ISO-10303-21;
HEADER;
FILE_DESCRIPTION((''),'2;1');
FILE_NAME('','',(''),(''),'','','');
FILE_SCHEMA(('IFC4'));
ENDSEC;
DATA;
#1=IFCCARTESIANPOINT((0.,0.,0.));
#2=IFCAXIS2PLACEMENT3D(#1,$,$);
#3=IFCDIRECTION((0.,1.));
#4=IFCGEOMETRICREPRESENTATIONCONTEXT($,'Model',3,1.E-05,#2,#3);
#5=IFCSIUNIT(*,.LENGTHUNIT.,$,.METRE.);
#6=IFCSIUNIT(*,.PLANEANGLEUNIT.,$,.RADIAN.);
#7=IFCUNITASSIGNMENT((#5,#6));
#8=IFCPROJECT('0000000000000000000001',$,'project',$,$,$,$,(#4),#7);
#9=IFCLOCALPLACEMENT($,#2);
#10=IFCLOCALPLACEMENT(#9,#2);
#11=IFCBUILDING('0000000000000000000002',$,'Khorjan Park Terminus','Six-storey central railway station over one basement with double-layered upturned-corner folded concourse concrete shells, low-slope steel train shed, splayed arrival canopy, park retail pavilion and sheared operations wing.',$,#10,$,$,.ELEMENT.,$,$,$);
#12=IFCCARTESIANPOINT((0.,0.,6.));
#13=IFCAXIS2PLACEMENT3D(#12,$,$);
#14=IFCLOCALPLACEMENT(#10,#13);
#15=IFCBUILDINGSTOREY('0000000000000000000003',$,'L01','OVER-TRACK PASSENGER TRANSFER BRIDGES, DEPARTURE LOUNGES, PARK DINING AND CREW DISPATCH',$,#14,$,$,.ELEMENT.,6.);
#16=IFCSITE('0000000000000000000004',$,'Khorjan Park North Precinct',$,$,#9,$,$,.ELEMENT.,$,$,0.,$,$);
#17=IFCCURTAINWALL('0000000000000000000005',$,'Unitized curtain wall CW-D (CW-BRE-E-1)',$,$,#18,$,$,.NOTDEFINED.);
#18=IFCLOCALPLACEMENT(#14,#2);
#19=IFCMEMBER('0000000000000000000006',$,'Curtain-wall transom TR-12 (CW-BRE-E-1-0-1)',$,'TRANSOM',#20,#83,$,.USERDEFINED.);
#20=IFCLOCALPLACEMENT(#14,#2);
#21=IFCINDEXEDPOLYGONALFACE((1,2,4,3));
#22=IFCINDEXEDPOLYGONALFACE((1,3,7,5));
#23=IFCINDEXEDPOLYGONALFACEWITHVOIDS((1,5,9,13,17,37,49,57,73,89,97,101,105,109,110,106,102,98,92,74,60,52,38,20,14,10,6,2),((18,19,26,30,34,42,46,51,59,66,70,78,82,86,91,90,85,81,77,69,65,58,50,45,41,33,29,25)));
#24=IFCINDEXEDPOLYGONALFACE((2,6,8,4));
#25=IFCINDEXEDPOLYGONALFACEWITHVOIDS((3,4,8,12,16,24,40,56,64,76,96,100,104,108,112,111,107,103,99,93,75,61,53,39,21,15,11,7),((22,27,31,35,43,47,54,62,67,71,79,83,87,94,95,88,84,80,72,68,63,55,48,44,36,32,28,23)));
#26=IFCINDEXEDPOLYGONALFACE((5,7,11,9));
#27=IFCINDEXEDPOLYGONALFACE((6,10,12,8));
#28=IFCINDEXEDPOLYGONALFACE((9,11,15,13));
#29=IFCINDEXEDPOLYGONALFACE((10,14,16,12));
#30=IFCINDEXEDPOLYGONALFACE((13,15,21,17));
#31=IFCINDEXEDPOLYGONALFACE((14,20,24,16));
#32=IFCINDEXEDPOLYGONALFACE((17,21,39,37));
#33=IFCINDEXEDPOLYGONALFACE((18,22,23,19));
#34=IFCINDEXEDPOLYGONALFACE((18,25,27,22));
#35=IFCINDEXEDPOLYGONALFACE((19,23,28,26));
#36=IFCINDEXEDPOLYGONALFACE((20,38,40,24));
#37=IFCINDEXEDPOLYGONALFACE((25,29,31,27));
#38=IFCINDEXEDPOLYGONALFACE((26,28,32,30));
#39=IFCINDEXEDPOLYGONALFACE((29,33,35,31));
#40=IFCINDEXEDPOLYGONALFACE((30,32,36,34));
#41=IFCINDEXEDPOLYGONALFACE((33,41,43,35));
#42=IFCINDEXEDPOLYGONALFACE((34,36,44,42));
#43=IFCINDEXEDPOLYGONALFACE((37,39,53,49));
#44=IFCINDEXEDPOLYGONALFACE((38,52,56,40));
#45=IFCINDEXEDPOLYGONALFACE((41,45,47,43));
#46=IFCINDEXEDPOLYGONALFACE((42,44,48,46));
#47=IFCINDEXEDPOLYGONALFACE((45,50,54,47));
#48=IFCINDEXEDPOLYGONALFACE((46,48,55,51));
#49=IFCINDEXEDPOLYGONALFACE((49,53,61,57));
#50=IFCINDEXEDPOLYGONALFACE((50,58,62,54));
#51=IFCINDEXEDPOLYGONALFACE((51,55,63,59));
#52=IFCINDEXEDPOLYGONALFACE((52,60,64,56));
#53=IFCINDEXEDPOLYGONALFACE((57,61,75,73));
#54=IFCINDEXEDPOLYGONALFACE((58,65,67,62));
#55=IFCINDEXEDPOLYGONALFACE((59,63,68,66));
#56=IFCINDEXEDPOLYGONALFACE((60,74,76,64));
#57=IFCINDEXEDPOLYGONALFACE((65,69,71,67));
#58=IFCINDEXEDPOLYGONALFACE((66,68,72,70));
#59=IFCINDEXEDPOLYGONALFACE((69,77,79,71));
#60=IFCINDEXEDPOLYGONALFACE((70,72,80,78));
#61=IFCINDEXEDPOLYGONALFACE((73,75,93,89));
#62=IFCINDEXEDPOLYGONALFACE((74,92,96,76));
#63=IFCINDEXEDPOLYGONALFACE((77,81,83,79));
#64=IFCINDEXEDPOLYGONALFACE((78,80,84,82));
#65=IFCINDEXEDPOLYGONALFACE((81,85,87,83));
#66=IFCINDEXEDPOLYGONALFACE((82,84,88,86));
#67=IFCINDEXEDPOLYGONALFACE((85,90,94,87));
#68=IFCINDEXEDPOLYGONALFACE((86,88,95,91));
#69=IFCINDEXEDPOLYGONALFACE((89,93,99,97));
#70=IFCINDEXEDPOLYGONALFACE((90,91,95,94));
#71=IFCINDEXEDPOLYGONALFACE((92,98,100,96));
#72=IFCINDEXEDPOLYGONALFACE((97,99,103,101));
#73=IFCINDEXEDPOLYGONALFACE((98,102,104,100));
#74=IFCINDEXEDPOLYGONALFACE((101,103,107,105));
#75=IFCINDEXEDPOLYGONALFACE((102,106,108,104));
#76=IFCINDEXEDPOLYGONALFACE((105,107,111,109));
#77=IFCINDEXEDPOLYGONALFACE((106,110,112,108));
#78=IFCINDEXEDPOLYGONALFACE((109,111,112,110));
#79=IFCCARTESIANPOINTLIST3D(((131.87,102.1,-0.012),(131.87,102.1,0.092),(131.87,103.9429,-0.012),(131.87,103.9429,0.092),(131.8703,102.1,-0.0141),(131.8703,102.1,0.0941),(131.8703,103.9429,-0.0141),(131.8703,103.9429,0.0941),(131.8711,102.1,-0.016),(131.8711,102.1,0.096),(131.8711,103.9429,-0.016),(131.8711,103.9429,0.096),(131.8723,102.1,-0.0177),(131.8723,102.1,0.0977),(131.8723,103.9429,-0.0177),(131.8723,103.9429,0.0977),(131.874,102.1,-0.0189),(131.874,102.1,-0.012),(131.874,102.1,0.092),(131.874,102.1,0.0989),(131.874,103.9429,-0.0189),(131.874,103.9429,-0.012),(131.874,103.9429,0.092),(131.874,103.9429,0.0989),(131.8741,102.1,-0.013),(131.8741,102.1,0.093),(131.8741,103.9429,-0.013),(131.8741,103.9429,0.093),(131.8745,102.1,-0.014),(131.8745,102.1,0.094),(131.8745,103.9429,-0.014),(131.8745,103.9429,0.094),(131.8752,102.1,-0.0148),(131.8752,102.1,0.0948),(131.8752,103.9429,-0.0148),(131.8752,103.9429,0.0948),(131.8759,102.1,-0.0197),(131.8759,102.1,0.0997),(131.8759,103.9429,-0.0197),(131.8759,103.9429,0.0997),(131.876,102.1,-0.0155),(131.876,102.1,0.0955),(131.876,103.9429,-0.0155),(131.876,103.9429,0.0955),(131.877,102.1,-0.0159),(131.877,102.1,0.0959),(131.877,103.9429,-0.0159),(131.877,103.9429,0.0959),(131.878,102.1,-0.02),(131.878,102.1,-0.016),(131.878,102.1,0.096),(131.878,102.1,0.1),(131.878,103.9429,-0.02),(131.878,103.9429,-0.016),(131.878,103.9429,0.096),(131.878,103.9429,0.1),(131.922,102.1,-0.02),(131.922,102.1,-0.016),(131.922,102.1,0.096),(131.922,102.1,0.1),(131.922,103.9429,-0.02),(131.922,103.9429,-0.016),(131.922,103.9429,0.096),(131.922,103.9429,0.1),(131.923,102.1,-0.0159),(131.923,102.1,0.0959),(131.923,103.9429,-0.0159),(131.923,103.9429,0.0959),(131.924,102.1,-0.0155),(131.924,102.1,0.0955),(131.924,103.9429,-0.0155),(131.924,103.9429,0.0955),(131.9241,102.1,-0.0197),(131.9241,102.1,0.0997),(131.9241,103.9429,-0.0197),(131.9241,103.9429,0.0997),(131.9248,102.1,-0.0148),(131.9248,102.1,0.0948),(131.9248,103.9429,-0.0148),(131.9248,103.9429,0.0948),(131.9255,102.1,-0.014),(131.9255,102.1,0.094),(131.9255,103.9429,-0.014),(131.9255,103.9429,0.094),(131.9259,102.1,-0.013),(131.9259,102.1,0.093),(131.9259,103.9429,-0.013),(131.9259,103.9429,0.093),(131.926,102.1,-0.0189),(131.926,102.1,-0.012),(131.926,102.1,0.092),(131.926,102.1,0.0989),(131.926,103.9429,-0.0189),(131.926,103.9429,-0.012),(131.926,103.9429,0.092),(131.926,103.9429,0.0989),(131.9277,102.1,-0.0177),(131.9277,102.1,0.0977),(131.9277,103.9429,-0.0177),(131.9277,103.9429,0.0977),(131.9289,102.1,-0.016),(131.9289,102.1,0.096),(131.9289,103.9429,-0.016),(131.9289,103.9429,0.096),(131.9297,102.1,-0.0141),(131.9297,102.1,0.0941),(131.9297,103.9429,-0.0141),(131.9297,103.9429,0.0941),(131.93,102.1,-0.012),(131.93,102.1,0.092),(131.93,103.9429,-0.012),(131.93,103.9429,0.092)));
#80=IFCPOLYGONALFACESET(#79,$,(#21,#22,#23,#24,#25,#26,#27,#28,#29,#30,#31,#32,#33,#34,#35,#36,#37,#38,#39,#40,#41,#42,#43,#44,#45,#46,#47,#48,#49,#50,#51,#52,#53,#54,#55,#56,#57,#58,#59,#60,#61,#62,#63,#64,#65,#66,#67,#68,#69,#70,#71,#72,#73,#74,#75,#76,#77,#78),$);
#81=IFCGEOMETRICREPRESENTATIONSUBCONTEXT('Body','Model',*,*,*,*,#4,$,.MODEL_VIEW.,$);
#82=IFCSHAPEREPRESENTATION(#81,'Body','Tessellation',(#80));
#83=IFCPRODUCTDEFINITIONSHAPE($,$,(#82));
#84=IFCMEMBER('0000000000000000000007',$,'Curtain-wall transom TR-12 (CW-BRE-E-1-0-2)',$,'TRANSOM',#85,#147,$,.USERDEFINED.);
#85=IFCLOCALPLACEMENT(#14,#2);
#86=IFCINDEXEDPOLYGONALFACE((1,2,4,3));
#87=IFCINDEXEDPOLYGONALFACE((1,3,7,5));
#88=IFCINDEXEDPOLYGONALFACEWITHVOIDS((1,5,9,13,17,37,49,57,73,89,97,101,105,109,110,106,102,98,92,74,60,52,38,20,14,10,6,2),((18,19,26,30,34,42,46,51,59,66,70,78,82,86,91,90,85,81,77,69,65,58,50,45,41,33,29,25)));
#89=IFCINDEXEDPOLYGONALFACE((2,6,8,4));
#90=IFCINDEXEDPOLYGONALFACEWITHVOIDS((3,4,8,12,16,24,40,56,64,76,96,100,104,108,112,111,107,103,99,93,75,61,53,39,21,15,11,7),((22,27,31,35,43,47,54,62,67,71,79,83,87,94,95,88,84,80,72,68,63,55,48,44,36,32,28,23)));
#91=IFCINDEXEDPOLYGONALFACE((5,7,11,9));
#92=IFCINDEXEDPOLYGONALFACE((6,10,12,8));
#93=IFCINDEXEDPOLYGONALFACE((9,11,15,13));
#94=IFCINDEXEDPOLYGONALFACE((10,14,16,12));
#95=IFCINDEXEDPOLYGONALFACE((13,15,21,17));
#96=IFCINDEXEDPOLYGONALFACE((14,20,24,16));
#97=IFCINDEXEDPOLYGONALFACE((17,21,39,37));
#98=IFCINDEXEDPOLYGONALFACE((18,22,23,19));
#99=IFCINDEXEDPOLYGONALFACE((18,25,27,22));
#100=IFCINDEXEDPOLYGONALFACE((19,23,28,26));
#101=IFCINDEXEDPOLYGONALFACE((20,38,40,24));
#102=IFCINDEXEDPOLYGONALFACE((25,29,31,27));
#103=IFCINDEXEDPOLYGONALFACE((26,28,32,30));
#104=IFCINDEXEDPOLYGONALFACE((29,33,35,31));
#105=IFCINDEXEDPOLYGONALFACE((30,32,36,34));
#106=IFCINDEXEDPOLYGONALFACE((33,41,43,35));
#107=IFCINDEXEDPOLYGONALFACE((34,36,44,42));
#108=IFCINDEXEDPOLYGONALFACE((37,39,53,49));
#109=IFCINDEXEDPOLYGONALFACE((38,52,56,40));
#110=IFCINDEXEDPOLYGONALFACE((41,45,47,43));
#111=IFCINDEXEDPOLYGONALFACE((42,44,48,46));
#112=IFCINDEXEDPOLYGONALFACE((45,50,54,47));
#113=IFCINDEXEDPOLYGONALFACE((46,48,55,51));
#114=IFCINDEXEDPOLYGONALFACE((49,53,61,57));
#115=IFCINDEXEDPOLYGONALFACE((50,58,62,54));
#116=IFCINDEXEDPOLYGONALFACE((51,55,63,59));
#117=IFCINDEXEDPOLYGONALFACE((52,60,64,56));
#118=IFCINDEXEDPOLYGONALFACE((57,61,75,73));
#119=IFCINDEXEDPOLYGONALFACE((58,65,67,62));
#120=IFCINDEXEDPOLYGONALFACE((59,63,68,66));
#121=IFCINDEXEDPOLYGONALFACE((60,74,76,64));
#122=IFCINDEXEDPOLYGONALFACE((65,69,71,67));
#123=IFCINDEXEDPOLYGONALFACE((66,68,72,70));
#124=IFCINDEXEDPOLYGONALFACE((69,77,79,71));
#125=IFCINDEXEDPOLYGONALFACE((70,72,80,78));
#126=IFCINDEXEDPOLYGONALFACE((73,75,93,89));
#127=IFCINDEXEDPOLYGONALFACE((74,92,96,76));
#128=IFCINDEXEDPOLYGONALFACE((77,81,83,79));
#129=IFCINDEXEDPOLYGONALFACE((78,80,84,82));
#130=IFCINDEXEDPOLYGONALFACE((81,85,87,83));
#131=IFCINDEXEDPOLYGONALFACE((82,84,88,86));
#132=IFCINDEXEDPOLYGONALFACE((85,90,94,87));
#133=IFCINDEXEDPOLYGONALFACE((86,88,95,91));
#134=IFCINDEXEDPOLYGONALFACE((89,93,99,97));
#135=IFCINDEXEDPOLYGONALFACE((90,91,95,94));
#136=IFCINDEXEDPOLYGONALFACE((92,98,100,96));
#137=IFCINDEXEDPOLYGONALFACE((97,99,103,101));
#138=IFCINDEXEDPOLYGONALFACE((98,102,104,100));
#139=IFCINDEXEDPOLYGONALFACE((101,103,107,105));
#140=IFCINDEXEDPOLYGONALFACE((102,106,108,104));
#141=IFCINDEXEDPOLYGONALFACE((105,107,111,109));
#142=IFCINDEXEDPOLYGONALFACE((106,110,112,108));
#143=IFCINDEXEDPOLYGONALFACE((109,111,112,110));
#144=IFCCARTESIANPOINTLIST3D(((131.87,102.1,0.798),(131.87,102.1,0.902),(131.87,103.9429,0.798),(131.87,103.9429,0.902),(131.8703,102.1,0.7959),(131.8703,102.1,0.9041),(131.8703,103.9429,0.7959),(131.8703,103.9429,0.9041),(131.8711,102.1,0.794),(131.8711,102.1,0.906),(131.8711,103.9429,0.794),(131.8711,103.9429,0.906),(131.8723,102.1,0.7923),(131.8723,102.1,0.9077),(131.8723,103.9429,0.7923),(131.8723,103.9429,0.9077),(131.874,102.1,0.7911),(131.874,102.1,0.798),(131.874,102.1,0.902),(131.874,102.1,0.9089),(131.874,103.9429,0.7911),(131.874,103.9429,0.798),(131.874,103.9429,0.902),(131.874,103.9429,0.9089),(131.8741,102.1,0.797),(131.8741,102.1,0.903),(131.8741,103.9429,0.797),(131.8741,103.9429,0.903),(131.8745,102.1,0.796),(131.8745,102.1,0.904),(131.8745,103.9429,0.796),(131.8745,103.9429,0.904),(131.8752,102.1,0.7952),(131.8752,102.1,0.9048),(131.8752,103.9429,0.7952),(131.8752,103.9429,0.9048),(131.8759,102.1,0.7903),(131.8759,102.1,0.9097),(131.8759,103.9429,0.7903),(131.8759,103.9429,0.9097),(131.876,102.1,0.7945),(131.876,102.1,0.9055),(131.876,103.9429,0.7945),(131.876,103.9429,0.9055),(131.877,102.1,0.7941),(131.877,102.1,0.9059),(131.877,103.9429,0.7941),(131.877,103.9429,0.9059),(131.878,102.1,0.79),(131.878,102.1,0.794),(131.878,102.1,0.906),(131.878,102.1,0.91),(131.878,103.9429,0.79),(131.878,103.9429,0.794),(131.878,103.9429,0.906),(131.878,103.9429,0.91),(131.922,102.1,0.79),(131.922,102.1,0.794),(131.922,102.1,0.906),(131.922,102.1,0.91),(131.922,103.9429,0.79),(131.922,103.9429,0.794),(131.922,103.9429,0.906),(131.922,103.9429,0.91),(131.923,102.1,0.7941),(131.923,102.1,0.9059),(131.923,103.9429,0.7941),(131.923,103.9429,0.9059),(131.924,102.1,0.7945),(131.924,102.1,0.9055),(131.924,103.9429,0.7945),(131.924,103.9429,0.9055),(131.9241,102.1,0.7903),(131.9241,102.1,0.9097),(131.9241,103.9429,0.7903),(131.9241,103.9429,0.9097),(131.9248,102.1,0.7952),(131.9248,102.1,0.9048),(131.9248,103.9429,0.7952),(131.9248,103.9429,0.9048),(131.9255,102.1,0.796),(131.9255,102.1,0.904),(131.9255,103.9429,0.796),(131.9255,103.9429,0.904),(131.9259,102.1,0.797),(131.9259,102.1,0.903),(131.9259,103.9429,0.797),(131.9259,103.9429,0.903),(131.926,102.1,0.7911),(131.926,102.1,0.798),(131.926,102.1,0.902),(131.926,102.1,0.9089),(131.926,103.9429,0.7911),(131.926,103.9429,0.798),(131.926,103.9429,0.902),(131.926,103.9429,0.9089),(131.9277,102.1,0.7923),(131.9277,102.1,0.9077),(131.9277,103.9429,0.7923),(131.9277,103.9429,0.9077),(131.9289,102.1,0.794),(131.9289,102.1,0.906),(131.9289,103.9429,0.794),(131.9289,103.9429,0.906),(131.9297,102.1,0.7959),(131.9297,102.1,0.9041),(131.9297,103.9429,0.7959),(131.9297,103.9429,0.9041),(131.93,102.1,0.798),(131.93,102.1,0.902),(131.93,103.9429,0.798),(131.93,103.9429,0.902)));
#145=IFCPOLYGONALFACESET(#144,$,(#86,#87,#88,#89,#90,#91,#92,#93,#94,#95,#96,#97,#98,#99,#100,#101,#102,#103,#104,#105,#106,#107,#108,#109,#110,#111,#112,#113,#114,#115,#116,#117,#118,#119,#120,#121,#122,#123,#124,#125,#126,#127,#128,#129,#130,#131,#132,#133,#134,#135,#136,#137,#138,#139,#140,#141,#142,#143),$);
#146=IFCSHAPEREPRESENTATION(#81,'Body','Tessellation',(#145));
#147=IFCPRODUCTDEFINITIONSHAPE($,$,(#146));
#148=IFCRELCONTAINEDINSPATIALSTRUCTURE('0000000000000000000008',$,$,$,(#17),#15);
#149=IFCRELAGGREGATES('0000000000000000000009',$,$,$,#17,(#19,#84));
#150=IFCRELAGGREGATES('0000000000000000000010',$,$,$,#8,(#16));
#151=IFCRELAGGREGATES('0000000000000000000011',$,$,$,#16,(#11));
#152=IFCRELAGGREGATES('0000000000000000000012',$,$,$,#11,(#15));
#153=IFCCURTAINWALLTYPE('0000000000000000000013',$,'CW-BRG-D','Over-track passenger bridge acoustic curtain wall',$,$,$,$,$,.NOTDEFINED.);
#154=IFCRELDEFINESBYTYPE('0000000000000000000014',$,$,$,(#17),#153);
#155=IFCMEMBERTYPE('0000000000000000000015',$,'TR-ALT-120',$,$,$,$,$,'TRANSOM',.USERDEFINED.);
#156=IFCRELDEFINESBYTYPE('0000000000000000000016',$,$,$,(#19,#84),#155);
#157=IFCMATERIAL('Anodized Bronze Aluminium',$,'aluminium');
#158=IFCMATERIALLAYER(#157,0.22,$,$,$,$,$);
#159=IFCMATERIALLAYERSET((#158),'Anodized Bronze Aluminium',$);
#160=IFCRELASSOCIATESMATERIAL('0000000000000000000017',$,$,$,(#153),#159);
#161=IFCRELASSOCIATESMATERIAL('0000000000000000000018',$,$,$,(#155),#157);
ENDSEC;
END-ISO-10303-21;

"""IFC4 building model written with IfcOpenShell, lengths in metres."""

from ifc_helpers import new_model, si_unit, direction, frame, origin, origin_2d, place, context, subcontext, project, spatial, hollow_rectangle, extrude, material, layer, layer_set, material_profile, profile_set, type_object, element, aggregate, save


model = new_model("IFC4")

# Units and contexts
model_context = context("Model", 3, precision=1e-05, world=origin(), true_north=direction((0.0, 1.0)))
body_context = subcontext(model_context, "Body", "Model", "MODEL_VIEW")
ifc_project = project(units=[si_unit("LENGTHUNIT", "METRE"), si_unit("PLANEANGLEUNIT", "RADIAN")], contexts=[model_context])

# Site, building, storey
site_placement = place(None, origin())
site = spatial("IfcSite", under=ifc_project, at=site_placement, Name="Khorjan Park North Precinct", CompositionType="ELEMENT", RefElevation=0.0)
building_placement = place(site_placement, origin())
building = spatial("IfcBuilding", under=site, at=building_placement, Name="Khorjan Park Terminus", Description="Six-storey central railway station over one basement with double-layered upturned-corner folded concourse concrete shells, low-slope steel train shed, splayed arrival canopy, park retail pavilion and sheared operations wing.", CompositionType="ELEMENT")
storey_placement = place(building_placement, frame((0.0, 0.0, 6.0)))
storey = spatial("IfcBuildingStorey", under=building, at=storey_placement, Name="L01", Description="OVER-TRACK PASSENGER TRANSFER BRIDGES, DEPARTURE LOUNGES, PARK DINING AND CREW DISPATCH", CompositionType="ELEMENT", Elevation=6.0)

# Curtain wall
ifc_material_1 = material(Name="Anodized Bronze Aluminium", Category="aluminium")
ifc_layer_1 = layer(ifc_material_1, 0.22)
ifc_layer_set_1 = layer_set([ifc_layer_1], Name="Anodized Bronze Aluminium")
curtain_wall_type = type_object("IfcCurtainWallType", Name="CW-BRG-D", Description="Over-track passenger bridge acoustic curtain wall", PredefinedType="NOTDEFINED", material=ifc_layer_set_1)
curtain_wall_1_placement = place(storey_placement, origin())
curtain_wall_1 = element("IfcCurtainWall", 1, at=curtain_wall_1_placement, inside=storey, type_object=curtain_wall_type, Name="Unitized curtain wall CW-D (CW-BRE-E-1)", PredefinedType="NOTDEFINED")

# Members
ifc_material_profile_1 = material_profile(ifc_material_1, hollow_rectangle(XDim=0.06, YDim=0.12, WallThickness=0.004, InnerFilletRadius=0.004, OuterFilletRadius=0.008, at=origin_2d()), Name="ALT 60x120x4")
ifc_profile_set_1 = profile_set([ifc_material_profile_1], Name="Anodized Bronze Aluminium")
member_type_1 = type_object("IfcMemberType", Name="TR-ALT-120", ElementType="TRANSOM", PredefinedType="USERDEFINED", material=ifc_profile_set_1)
member_1_placement = place(storey_placement, frame((131.9, 102.1, 0.04), z_axis=(0.0, 1.0, 0.0), x_axis=(-1.0, 0.0, 0.0)))
member_1 = element("IfcMember", 2, at=member_1_placement, type_object=member_type_1, Name="Curtain-wall transom TR-12 (CW-BRE-E-1-0-1)", ObjectType="TRANSOM", PredefinedType="USERDEFINED", context=body_context, shape_type="SweptSolid", body=[
    extrude(hollow_rectangle(XDim=0.06, YDim=0.12, WallThickness=0.004, InnerFilletRadius=0.004, OuterFilletRadius=0.008, at=origin_2d()), origin(), (0.0, 0.0, 1.0), 1.8429),
])
member_2_placement = place(storey_placement, frame((131.9, 102.1, 0.85), z_axis=(0.0, 1.0, 0.0), x_axis=(-1.0, 0.0, 0.0)))
member_2 = element("IfcMember", 3, at=member_2_placement, type_object=member_type_1, Name="Curtain-wall transom TR-12 (CW-BRE-E-1-0-2)", ObjectType="TRANSOM", PredefinedType="USERDEFINED", context=body_context, shape_type="SweptSolid", body=[
    extrude(hollow_rectangle(XDim=0.06, YDim=0.12, WallThickness=0.004, InnerFilletRadius=0.004, OuterFilletRadius=0.008, at=origin_2d()), origin(), (0.0, 0.0, 1.0), 1.8429),
])

aggregate(curtain_wall_1, [member_1, member_2])

save(model, "model.ifc")
